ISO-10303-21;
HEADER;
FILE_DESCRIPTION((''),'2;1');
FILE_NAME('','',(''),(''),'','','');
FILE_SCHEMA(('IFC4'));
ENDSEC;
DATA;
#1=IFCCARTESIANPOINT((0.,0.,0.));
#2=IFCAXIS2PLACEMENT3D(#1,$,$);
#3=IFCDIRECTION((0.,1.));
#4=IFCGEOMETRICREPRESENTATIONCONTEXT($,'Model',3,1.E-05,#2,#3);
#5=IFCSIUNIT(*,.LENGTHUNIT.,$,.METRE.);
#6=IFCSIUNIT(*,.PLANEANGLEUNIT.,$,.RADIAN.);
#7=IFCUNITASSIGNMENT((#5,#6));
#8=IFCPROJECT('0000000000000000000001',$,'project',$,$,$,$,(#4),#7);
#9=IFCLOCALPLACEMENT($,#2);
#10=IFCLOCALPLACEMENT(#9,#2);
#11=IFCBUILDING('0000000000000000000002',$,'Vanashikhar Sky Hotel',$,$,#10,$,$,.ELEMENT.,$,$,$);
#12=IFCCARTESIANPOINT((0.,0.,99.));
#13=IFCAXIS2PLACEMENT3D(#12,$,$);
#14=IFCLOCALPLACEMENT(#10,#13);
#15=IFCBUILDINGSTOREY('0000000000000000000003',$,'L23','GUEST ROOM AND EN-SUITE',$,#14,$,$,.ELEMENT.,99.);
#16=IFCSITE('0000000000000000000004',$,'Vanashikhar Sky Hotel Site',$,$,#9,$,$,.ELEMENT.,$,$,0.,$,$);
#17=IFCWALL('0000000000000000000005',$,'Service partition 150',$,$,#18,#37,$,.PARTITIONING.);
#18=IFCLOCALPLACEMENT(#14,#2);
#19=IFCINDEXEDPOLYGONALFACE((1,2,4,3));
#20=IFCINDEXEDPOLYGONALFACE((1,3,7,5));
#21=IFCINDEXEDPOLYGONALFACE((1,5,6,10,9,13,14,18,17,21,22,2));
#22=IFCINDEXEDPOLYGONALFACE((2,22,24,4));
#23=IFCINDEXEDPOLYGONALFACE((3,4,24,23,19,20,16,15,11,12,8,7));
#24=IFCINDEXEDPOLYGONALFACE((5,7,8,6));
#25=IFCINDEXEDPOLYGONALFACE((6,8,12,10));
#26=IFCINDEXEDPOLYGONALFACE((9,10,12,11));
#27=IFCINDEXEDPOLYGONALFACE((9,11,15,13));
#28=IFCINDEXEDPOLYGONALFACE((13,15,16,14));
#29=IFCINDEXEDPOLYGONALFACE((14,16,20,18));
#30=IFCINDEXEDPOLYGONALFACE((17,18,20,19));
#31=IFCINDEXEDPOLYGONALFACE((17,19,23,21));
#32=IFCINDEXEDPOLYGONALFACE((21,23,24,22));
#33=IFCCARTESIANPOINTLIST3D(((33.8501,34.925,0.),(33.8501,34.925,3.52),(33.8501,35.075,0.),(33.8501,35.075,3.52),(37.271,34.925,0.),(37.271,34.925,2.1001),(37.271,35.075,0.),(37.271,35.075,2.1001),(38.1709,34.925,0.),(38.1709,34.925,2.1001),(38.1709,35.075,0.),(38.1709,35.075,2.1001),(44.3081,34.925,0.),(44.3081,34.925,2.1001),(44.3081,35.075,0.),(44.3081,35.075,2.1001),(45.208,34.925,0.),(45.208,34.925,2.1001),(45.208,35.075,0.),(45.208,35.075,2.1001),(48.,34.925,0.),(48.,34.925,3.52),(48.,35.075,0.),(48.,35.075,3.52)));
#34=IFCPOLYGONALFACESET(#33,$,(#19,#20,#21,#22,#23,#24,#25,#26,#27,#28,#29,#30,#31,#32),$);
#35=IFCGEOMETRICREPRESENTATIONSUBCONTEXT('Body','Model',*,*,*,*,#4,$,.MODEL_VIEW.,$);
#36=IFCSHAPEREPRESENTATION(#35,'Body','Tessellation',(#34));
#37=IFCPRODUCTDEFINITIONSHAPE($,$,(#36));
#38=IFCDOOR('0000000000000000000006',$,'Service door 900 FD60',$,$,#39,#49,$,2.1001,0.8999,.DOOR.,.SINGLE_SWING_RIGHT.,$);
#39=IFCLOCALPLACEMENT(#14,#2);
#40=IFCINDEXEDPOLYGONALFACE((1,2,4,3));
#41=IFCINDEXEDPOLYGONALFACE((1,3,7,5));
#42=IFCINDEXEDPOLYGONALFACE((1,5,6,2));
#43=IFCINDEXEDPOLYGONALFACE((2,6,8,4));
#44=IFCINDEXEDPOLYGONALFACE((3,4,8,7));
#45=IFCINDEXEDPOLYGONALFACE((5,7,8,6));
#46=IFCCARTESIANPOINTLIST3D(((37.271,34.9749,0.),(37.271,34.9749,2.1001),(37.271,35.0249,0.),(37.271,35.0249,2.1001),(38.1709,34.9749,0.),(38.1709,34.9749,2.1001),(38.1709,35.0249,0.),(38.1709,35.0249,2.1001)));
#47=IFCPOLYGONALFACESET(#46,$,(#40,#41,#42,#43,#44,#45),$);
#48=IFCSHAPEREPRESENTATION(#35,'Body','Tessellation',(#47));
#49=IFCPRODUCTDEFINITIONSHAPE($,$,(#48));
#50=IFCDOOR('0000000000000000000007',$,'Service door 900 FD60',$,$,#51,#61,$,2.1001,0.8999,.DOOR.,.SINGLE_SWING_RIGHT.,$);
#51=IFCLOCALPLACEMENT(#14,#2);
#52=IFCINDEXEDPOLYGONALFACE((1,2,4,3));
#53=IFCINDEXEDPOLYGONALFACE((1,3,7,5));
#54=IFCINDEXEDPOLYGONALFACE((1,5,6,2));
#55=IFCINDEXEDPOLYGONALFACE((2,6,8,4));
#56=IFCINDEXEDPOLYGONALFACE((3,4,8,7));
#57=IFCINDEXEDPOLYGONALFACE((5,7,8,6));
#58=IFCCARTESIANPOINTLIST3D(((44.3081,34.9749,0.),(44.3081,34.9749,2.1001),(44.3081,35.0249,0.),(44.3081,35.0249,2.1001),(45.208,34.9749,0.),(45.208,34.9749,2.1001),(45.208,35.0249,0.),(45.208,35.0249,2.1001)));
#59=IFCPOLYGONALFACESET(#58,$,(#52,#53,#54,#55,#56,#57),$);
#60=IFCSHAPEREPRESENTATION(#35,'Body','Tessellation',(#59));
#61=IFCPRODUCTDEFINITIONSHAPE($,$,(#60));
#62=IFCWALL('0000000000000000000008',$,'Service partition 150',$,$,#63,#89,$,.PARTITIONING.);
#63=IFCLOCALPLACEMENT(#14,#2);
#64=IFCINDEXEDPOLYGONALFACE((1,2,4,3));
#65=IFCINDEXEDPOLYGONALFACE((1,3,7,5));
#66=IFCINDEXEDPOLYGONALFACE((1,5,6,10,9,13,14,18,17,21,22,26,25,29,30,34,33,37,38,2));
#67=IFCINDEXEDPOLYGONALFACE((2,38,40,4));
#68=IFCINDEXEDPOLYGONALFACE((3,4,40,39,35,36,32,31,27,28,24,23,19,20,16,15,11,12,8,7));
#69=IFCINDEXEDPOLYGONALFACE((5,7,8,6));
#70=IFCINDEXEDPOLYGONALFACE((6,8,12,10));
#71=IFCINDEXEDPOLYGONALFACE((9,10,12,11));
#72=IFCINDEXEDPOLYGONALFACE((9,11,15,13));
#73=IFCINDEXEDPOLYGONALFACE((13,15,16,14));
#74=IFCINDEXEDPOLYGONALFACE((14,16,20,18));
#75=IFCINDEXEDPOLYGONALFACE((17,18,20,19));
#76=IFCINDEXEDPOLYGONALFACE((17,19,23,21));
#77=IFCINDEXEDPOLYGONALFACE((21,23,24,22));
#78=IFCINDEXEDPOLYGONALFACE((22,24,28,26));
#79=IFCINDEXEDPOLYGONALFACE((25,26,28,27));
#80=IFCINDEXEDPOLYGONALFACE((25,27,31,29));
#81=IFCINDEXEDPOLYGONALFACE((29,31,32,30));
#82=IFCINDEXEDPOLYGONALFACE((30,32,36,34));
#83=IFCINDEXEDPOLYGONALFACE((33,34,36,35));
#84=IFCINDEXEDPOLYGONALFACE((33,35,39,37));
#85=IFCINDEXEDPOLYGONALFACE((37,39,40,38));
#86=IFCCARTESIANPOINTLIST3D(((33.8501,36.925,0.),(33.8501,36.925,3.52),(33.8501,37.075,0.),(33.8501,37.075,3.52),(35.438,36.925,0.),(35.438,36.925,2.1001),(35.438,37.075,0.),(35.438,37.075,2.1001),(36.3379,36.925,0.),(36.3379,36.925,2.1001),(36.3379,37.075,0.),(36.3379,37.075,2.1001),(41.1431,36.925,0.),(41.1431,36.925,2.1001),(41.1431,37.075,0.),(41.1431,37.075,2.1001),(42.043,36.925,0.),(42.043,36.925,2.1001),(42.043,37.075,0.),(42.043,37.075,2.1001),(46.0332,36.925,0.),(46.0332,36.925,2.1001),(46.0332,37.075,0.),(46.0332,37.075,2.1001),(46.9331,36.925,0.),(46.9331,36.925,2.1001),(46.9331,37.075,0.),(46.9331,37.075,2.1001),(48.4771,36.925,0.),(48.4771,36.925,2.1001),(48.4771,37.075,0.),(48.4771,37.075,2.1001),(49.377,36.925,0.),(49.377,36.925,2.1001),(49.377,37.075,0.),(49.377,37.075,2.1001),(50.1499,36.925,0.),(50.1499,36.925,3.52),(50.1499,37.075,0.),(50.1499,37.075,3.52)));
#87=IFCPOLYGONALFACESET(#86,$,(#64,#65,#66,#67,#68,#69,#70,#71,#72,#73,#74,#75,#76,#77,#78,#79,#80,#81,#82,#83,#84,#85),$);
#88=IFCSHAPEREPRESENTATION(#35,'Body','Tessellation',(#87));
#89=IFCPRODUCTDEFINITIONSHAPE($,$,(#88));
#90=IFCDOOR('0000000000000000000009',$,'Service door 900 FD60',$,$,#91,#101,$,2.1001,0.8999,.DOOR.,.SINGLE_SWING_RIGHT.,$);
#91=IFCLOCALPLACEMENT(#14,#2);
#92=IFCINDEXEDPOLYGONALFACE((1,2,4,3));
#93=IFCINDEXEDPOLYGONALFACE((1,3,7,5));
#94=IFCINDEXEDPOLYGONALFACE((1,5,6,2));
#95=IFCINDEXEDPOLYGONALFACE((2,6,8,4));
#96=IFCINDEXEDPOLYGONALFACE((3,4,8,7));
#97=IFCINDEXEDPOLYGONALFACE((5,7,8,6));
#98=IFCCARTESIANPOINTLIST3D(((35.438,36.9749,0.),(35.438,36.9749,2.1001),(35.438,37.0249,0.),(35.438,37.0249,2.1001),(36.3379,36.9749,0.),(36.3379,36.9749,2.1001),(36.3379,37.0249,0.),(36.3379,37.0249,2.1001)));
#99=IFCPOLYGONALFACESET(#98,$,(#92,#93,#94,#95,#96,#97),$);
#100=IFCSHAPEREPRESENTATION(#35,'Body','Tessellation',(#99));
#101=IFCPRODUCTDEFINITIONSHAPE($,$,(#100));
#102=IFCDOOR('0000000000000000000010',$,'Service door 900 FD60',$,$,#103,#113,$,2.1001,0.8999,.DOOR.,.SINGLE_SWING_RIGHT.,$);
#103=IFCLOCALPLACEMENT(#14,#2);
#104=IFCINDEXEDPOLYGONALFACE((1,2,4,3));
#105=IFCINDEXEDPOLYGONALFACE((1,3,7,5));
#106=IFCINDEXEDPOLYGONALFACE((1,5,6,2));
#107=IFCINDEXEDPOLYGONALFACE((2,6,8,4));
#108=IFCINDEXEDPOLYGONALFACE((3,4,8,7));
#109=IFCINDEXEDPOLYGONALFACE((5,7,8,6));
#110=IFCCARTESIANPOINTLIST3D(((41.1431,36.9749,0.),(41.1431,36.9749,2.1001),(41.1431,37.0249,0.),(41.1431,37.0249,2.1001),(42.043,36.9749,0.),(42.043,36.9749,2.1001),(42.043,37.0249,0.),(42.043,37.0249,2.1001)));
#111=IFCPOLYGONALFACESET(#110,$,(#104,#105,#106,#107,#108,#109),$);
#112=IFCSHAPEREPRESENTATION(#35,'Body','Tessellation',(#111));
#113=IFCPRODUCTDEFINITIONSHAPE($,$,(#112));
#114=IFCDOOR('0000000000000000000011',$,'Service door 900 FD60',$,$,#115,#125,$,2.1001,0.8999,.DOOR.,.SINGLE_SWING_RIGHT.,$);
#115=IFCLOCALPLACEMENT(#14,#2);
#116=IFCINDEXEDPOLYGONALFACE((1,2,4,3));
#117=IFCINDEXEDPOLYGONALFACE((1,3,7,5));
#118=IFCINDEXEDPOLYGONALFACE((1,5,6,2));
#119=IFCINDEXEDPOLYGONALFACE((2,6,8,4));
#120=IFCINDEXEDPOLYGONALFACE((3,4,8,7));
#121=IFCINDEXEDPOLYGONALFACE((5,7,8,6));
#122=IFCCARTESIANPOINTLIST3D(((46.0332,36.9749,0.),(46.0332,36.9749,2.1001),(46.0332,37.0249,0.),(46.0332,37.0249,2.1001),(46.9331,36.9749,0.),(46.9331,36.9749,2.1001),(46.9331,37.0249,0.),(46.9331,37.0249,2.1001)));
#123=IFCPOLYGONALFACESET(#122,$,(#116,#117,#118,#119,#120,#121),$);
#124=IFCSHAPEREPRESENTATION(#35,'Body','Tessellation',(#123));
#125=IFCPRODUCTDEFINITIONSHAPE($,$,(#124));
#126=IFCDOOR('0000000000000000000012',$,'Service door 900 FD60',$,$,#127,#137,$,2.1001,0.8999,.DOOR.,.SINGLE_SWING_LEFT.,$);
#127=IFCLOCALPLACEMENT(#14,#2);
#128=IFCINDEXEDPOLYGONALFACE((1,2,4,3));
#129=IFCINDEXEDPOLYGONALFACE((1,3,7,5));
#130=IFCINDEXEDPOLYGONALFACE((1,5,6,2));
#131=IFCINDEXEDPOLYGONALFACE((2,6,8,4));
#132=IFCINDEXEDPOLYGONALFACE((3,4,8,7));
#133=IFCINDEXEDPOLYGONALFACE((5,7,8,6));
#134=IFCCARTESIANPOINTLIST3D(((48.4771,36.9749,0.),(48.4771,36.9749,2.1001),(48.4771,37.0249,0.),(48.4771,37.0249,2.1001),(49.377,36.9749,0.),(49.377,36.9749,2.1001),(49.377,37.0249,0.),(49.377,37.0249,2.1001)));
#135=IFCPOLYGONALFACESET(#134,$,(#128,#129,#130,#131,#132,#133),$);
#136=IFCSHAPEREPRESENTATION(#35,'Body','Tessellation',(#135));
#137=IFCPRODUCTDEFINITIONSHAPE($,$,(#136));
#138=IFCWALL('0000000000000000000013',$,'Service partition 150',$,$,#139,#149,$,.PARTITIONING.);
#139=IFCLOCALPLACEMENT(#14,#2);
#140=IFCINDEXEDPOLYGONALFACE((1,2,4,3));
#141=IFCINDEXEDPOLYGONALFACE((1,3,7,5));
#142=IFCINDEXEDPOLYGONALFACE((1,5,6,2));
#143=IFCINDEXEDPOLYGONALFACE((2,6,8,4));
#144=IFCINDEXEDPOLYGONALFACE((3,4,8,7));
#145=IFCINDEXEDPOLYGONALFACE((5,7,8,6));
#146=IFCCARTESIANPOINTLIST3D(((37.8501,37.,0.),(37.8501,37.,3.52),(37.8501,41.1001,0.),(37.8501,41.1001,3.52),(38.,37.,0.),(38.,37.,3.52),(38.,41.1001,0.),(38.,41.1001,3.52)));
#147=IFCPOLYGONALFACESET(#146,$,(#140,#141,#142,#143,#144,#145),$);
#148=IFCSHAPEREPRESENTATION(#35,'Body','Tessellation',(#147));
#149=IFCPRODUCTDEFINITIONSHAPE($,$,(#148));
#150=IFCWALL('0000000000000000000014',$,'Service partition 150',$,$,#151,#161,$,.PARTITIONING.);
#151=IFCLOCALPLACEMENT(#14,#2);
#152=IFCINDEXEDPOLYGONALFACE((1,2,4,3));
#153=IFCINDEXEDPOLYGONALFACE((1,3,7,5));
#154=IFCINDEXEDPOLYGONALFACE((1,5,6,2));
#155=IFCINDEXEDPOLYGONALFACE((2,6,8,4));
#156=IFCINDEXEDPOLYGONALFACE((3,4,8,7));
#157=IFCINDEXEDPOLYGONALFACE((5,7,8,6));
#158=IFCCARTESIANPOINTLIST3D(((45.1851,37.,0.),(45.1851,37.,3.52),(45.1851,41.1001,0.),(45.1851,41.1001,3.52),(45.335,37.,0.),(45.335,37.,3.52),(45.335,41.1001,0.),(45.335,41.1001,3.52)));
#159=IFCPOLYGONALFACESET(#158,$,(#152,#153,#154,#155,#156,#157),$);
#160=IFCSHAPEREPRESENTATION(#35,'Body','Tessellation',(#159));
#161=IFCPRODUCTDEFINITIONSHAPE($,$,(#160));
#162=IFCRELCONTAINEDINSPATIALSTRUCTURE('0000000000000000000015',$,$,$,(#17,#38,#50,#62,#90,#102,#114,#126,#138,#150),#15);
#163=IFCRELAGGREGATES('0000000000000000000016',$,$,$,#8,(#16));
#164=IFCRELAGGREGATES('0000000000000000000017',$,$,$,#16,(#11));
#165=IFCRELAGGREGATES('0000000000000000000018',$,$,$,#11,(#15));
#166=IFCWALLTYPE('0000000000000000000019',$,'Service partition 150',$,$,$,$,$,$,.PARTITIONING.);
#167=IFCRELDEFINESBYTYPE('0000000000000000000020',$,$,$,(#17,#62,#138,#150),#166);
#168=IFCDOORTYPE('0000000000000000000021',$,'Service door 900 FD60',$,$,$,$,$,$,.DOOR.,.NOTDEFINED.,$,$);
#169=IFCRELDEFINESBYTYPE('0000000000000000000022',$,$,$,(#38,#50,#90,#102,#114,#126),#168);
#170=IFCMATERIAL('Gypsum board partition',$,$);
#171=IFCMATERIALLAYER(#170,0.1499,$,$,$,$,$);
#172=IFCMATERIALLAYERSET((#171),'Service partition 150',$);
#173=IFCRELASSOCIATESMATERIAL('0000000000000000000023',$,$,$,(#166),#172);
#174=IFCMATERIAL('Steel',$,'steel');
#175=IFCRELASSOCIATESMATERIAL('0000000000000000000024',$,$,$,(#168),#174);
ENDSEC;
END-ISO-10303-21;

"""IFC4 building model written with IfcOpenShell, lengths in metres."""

from ifc_helpers import new_model, si_unit, direction, frame, frame_2d, origin, place, context, subcontext, project, spatial, rectangle, extrude, source, transform, mapped, material, layer, layer_set, type_object, element, fill, save


model = new_model("IFC4")

# Units and contexts
model_context = context("Model", 3, precision=1e-05, world=origin(), true_north=direction((0.0, 1.0)))
body_context = subcontext(model_context, "Body", "Model", "MODEL_VIEW")
ifc_project = project(units=[si_unit("LENGTHUNIT", "METRE"), si_unit("PLANEANGLEUNIT", "RADIAN")], contexts=[model_context])

# Site, building, storey
site_placement = place(None, origin())
site = spatial("IfcSite", under=ifc_project, at=site_placement, Name="Vanashikhar Sky Hotel Site", CompositionType="ELEMENT", RefElevation=0.0)
building_placement = place(site_placement, origin())
building = spatial("IfcBuilding", under=site, at=building_placement, Name="Vanashikhar Sky Hotel", CompositionType="ELEMENT")
storey_placement = place(building_placement, frame((0.0, 0.0, 99.0)))
storey = spatial("IfcBuildingStorey", under=building, at=storey_placement, Name="L23", Description="GUEST ROOM AND EN-SUITE", CompositionType="ELEMENT", Elevation=99.0)

# Shared definitions
ifc_material_1 = material(Name="Steel", Category="steel")

# Shared definitions
ifc_material_2 = material(Name="Gypsum board partition")
ifc_layer_1 = layer(ifc_material_2, 0.1499)
ifc_layer_set_1 = layer_set([ifc_layer_1], Name="Service partition 150")
wall_type_1 = type_object("IfcWallType", Name="Service partition 150", PredefinedType="PARTITIONING", material=ifc_layer_set_1)

# Walls, openings, doors
shared_shape_1 = source(origin(), body_context, "Body", "SweptSolid", [
    extrude(rectangle(XDim=14.1499, YDim=0.1499, at=frame_2d((7.075, 0.0))), origin(), (0.0, 0.0, 1.0), 3.52),
])
wall_1_placement = place(storey_placement, frame((33.8501, 35.0, 0.0), z_axis=(0.0, 0.0, 1.0), x_axis=(1.0, 0.0, 0.0)))
wall_1 = element("IfcWall", 1, at=wall_1_placement, inside=storey, type_object=wall_type_1, Name="Service partition 150", PredefinedType="PARTITIONING", context=body_context, shape_type="MappedRepresentation", body=[
    mapped(shared_shape_1, transform((0.0, 0.0, 0.0), scale=1.0)),
])
shared_shape_2 = source(origin(), body_context, "Body", "SweptSolid", [
    extrude(rectangle(XDim=0.8999, YDim=2.1001, at=frame_2d((0.45, 1.05))), frame((0.0, 0.085, 0.0), z_axis=(0.0, -1.0, 0.0), x_axis=(1.0, 0.0, 0.0)), (0.0, 0.0, 1.0), 0.1699),
])
opening_1_placement = place(wall_1_placement, frame((3.4209, 0.0, 0.0)))
opening_1 = element("IfcOpeningElement", 2, at=opening_1_placement, cuts=wall_1, PredefinedType="OPENING", context=body_context, shape_type="MappedRepresentation", body=[
    mapped(shared_shape_2, transform((0.0, 0.0, 0.0), scale=1.0)),
])
opening_2_placement = place(wall_1_placement, frame((10.458, 0.0, 0.0)))
opening_2 = element("IfcOpeningElement", 3, at=opening_2_placement, cuts=wall_1, PredefinedType="OPENING", context=body_context, shape_type="MappedRepresentation", body=[
    mapped(shared_shape_2, transform((0.0, 0.0, 0.0), scale=1.0)),
])
door_type_1 = type_object("IfcDoorType", Name="Service door 900 FD60", OperationType="NOTDEFINED", PredefinedType="DOOR", material=ifc_material_1)
shared_shape_3 = source(origin(), body_context, "Body", "SweptSolid", [
    extrude(rectangle(XDim=0.8999, YDim=2.1001, at=frame_2d((0.45, 1.05))), frame((0.0, 0.0249, 0.0), z_axis=(0.0, -1.0, 0.0), x_axis=(1.0, 0.0, 0.0)), (0.0, 0.0, 1.0), 0.05),
])
door_1_placement = place(opening_1_placement, origin())
door_1 = element("IfcDoor", 4, at=door_1_placement, inside=storey, type_object=door_type_1, Name="Service door 900 FD60", OperationType="SINGLE_SWING_RIGHT", OverallHeight=2.1001, OverallWidth=0.8999, PredefinedType="DOOR", context=body_context, shape_type="MappedRepresentation", body=[
    mapped(shared_shape_3, transform((0.0, 0.0, 0.0), scale=1.0)),
])
fill(opening_1, door_1)
door_2_placement = place(opening_2_placement, origin())
door_2 = element("IfcDoor", 5, at=door_2_placement, inside=storey, type_object=door_type_1, Name="Service door 900 FD60", OperationType="SINGLE_SWING_RIGHT", OverallHeight=2.1001, OverallWidth=0.8999, PredefinedType="DOOR", context=body_context, shape_type="MappedRepresentation", body=[
    mapped(shared_shape_3, transform((0.0, 0.0, 0.0), scale=1.0)),
])
fill(opening_2, door_2)
shared_shape_4 = source(origin(), body_context, "Body", "SweptSolid", [
    extrude(rectangle(XDim=16.2998, YDim=0.1499, at=frame_2d((8.1499, 0.0))), origin(), (0.0, 0.0, 1.0), 3.52),
])
wall_2_placement = place(storey_placement, frame((33.8501, 37.0, 0.0), z_axis=(0.0, 0.0, 1.0), x_axis=(1.0, 0.0, 0.0)))
wall_2 = element("IfcWall", 6, at=wall_2_placement, inside=storey, type_object=wall_type_1, Name="Service partition 150", PredefinedType="PARTITIONING", context=body_context, shape_type="MappedRepresentation", body=[
    mapped(shared_shape_4, transform((0.0, 0.0, 0.0), scale=1.0)),
])
opening_3_placement = place(wall_2_placement, frame((1.5879, 0.0, 0.0)))
opening_3 = element("IfcOpeningElement", 7, at=opening_3_placement, cuts=wall_2, PredefinedType="OPENING", context=body_context, shape_type="MappedRepresentation", body=[
    mapped(shared_shape_2, transform((0.0, 0.0, 0.0), scale=1.0)),
])
opening_4_placement = place(wall_2_placement, frame((7.293, 0.0, 0.0)))
opening_4 = element("IfcOpeningElement", 8, at=opening_4_placement, cuts=wall_2, PredefinedType="OPENING", context=body_context, shape_type="MappedRepresentation", body=[
    mapped(shared_shape_2, transform((0.0, 0.0, 0.0), scale=1.0)),
])
opening_5_placement = place(wall_2_placement, frame((12.1831, 0.0, 0.0)))
opening_5 = element("IfcOpeningElement", 9, at=opening_5_placement, cuts=wall_2, PredefinedType="OPENING", context=body_context, shape_type="MappedRepresentation", body=[
    mapped(shared_shape_2, transform((0.0, 0.0, 0.0), scale=1.0)),
])
opening_6_placement = place(wall_2_placement, frame((14.627, 0.0, 0.0)))
opening_6 = element("IfcOpeningElement", 10, at=opening_6_placement, cuts=wall_2, PredefinedType="OPENING", context=body_context, shape_type="MappedRepresentation", body=[
    mapped(shared_shape_2, transform((0.0, 0.0, 0.0), scale=1.0)),
])
door_3_placement = place(opening_3_placement, origin())
door_3 = element("IfcDoor", 11, at=door_3_placement, inside=storey, type_object=door_type_1, Name="Service door 900 FD60", OperationType="SINGLE_SWING_RIGHT", OverallHeight=2.1001, OverallWidth=0.8999, PredefinedType="DOOR", context=body_context, shape_type="MappedRepresentation", body=[
    mapped(shared_shape_3, transform((0.0, 0.0, 0.0), scale=1.0)),
])
fill(opening_3, door_3)
door_4_placement = place(opening_4_placement, origin())
door_4 = element("IfcDoor", 12, at=door_4_placement, inside=storey, type_object=door_type_1, Name="Service door 900 FD60", OperationType="SINGLE_SWING_RIGHT", OverallHeight=2.1001, OverallWidth=0.8999, PredefinedType="DOOR", context=body_context, shape_type="MappedRepresentation", body=[
    mapped(shared_shape_3, transform((0.0, 0.0, 0.0), scale=1.0)),
])
fill(opening_4, door_4)
door_5_placement = place(opening_5_placement, origin())
door_5 = element("IfcDoor", 13, at=door_5_placement, inside=storey, type_object=door_type_1, Name="Service door 900 FD60", OperationType="SINGLE_SWING_RIGHT", OverallHeight=2.1001, OverallWidth=0.8999, PredefinedType="DOOR", context=body_context, shape_type="MappedRepresentation", body=[
    mapped(shared_shape_3, transform((0.0, 0.0, 0.0), scale=1.0)),
])
fill(opening_5, door_5)
door_6_placement = place(opening_6_placement, origin())
door_6 = element("IfcDoor", 14, at=door_6_placement, inside=storey, type_object=door_type_1, Name="Service door 900 FD60", OperationType="SINGLE_SWING_LEFT", OverallHeight=2.1001, OverallWidth=0.8999, PredefinedType="DOOR", context=body_context, shape_type="MappedRepresentation", body=[
    mapped(shared_shape_3, transform((0.0, 0.0, 0.0), scale=1.0)),
])
fill(opening_6, door_6)

# Walls
shared_shape_5 = source(origin(), body_context, "Body", "SweptSolid", [
    extrude(rectangle(XDim=4.1001, YDim=0.1499, at=frame_2d((2.05, 0.0))), origin(), (0.0, 0.0, 1.0), 3.52),
])
for number, where, z_axis, x_axis, name in (
    (15, (37.925, 37.0, 0.0), (0.0, 0.0, 1.0), (0.0, 1.0, 0.0), "Service partition 150"),
    (16, (45.26, 37.0, 0.0), (0.0, 0.0, 1.0), (0.0, 1.0, 0.0), "Service partition 150"),
):
    element("IfcWall", number, at=place(storey_placement, frame(where, z_axis=z_axis, x_axis=x_axis)), inside=storey, type_object=wall_type_1, Name=name, PredefinedType="PARTITIONING", context=body_context, shape_type="MappedRepresentation", body=[
        mapped(shared_shape_5, transform((0.0, 0.0, 0.0), scale=1.0)),
    ])

save(model, "model.ifc")
